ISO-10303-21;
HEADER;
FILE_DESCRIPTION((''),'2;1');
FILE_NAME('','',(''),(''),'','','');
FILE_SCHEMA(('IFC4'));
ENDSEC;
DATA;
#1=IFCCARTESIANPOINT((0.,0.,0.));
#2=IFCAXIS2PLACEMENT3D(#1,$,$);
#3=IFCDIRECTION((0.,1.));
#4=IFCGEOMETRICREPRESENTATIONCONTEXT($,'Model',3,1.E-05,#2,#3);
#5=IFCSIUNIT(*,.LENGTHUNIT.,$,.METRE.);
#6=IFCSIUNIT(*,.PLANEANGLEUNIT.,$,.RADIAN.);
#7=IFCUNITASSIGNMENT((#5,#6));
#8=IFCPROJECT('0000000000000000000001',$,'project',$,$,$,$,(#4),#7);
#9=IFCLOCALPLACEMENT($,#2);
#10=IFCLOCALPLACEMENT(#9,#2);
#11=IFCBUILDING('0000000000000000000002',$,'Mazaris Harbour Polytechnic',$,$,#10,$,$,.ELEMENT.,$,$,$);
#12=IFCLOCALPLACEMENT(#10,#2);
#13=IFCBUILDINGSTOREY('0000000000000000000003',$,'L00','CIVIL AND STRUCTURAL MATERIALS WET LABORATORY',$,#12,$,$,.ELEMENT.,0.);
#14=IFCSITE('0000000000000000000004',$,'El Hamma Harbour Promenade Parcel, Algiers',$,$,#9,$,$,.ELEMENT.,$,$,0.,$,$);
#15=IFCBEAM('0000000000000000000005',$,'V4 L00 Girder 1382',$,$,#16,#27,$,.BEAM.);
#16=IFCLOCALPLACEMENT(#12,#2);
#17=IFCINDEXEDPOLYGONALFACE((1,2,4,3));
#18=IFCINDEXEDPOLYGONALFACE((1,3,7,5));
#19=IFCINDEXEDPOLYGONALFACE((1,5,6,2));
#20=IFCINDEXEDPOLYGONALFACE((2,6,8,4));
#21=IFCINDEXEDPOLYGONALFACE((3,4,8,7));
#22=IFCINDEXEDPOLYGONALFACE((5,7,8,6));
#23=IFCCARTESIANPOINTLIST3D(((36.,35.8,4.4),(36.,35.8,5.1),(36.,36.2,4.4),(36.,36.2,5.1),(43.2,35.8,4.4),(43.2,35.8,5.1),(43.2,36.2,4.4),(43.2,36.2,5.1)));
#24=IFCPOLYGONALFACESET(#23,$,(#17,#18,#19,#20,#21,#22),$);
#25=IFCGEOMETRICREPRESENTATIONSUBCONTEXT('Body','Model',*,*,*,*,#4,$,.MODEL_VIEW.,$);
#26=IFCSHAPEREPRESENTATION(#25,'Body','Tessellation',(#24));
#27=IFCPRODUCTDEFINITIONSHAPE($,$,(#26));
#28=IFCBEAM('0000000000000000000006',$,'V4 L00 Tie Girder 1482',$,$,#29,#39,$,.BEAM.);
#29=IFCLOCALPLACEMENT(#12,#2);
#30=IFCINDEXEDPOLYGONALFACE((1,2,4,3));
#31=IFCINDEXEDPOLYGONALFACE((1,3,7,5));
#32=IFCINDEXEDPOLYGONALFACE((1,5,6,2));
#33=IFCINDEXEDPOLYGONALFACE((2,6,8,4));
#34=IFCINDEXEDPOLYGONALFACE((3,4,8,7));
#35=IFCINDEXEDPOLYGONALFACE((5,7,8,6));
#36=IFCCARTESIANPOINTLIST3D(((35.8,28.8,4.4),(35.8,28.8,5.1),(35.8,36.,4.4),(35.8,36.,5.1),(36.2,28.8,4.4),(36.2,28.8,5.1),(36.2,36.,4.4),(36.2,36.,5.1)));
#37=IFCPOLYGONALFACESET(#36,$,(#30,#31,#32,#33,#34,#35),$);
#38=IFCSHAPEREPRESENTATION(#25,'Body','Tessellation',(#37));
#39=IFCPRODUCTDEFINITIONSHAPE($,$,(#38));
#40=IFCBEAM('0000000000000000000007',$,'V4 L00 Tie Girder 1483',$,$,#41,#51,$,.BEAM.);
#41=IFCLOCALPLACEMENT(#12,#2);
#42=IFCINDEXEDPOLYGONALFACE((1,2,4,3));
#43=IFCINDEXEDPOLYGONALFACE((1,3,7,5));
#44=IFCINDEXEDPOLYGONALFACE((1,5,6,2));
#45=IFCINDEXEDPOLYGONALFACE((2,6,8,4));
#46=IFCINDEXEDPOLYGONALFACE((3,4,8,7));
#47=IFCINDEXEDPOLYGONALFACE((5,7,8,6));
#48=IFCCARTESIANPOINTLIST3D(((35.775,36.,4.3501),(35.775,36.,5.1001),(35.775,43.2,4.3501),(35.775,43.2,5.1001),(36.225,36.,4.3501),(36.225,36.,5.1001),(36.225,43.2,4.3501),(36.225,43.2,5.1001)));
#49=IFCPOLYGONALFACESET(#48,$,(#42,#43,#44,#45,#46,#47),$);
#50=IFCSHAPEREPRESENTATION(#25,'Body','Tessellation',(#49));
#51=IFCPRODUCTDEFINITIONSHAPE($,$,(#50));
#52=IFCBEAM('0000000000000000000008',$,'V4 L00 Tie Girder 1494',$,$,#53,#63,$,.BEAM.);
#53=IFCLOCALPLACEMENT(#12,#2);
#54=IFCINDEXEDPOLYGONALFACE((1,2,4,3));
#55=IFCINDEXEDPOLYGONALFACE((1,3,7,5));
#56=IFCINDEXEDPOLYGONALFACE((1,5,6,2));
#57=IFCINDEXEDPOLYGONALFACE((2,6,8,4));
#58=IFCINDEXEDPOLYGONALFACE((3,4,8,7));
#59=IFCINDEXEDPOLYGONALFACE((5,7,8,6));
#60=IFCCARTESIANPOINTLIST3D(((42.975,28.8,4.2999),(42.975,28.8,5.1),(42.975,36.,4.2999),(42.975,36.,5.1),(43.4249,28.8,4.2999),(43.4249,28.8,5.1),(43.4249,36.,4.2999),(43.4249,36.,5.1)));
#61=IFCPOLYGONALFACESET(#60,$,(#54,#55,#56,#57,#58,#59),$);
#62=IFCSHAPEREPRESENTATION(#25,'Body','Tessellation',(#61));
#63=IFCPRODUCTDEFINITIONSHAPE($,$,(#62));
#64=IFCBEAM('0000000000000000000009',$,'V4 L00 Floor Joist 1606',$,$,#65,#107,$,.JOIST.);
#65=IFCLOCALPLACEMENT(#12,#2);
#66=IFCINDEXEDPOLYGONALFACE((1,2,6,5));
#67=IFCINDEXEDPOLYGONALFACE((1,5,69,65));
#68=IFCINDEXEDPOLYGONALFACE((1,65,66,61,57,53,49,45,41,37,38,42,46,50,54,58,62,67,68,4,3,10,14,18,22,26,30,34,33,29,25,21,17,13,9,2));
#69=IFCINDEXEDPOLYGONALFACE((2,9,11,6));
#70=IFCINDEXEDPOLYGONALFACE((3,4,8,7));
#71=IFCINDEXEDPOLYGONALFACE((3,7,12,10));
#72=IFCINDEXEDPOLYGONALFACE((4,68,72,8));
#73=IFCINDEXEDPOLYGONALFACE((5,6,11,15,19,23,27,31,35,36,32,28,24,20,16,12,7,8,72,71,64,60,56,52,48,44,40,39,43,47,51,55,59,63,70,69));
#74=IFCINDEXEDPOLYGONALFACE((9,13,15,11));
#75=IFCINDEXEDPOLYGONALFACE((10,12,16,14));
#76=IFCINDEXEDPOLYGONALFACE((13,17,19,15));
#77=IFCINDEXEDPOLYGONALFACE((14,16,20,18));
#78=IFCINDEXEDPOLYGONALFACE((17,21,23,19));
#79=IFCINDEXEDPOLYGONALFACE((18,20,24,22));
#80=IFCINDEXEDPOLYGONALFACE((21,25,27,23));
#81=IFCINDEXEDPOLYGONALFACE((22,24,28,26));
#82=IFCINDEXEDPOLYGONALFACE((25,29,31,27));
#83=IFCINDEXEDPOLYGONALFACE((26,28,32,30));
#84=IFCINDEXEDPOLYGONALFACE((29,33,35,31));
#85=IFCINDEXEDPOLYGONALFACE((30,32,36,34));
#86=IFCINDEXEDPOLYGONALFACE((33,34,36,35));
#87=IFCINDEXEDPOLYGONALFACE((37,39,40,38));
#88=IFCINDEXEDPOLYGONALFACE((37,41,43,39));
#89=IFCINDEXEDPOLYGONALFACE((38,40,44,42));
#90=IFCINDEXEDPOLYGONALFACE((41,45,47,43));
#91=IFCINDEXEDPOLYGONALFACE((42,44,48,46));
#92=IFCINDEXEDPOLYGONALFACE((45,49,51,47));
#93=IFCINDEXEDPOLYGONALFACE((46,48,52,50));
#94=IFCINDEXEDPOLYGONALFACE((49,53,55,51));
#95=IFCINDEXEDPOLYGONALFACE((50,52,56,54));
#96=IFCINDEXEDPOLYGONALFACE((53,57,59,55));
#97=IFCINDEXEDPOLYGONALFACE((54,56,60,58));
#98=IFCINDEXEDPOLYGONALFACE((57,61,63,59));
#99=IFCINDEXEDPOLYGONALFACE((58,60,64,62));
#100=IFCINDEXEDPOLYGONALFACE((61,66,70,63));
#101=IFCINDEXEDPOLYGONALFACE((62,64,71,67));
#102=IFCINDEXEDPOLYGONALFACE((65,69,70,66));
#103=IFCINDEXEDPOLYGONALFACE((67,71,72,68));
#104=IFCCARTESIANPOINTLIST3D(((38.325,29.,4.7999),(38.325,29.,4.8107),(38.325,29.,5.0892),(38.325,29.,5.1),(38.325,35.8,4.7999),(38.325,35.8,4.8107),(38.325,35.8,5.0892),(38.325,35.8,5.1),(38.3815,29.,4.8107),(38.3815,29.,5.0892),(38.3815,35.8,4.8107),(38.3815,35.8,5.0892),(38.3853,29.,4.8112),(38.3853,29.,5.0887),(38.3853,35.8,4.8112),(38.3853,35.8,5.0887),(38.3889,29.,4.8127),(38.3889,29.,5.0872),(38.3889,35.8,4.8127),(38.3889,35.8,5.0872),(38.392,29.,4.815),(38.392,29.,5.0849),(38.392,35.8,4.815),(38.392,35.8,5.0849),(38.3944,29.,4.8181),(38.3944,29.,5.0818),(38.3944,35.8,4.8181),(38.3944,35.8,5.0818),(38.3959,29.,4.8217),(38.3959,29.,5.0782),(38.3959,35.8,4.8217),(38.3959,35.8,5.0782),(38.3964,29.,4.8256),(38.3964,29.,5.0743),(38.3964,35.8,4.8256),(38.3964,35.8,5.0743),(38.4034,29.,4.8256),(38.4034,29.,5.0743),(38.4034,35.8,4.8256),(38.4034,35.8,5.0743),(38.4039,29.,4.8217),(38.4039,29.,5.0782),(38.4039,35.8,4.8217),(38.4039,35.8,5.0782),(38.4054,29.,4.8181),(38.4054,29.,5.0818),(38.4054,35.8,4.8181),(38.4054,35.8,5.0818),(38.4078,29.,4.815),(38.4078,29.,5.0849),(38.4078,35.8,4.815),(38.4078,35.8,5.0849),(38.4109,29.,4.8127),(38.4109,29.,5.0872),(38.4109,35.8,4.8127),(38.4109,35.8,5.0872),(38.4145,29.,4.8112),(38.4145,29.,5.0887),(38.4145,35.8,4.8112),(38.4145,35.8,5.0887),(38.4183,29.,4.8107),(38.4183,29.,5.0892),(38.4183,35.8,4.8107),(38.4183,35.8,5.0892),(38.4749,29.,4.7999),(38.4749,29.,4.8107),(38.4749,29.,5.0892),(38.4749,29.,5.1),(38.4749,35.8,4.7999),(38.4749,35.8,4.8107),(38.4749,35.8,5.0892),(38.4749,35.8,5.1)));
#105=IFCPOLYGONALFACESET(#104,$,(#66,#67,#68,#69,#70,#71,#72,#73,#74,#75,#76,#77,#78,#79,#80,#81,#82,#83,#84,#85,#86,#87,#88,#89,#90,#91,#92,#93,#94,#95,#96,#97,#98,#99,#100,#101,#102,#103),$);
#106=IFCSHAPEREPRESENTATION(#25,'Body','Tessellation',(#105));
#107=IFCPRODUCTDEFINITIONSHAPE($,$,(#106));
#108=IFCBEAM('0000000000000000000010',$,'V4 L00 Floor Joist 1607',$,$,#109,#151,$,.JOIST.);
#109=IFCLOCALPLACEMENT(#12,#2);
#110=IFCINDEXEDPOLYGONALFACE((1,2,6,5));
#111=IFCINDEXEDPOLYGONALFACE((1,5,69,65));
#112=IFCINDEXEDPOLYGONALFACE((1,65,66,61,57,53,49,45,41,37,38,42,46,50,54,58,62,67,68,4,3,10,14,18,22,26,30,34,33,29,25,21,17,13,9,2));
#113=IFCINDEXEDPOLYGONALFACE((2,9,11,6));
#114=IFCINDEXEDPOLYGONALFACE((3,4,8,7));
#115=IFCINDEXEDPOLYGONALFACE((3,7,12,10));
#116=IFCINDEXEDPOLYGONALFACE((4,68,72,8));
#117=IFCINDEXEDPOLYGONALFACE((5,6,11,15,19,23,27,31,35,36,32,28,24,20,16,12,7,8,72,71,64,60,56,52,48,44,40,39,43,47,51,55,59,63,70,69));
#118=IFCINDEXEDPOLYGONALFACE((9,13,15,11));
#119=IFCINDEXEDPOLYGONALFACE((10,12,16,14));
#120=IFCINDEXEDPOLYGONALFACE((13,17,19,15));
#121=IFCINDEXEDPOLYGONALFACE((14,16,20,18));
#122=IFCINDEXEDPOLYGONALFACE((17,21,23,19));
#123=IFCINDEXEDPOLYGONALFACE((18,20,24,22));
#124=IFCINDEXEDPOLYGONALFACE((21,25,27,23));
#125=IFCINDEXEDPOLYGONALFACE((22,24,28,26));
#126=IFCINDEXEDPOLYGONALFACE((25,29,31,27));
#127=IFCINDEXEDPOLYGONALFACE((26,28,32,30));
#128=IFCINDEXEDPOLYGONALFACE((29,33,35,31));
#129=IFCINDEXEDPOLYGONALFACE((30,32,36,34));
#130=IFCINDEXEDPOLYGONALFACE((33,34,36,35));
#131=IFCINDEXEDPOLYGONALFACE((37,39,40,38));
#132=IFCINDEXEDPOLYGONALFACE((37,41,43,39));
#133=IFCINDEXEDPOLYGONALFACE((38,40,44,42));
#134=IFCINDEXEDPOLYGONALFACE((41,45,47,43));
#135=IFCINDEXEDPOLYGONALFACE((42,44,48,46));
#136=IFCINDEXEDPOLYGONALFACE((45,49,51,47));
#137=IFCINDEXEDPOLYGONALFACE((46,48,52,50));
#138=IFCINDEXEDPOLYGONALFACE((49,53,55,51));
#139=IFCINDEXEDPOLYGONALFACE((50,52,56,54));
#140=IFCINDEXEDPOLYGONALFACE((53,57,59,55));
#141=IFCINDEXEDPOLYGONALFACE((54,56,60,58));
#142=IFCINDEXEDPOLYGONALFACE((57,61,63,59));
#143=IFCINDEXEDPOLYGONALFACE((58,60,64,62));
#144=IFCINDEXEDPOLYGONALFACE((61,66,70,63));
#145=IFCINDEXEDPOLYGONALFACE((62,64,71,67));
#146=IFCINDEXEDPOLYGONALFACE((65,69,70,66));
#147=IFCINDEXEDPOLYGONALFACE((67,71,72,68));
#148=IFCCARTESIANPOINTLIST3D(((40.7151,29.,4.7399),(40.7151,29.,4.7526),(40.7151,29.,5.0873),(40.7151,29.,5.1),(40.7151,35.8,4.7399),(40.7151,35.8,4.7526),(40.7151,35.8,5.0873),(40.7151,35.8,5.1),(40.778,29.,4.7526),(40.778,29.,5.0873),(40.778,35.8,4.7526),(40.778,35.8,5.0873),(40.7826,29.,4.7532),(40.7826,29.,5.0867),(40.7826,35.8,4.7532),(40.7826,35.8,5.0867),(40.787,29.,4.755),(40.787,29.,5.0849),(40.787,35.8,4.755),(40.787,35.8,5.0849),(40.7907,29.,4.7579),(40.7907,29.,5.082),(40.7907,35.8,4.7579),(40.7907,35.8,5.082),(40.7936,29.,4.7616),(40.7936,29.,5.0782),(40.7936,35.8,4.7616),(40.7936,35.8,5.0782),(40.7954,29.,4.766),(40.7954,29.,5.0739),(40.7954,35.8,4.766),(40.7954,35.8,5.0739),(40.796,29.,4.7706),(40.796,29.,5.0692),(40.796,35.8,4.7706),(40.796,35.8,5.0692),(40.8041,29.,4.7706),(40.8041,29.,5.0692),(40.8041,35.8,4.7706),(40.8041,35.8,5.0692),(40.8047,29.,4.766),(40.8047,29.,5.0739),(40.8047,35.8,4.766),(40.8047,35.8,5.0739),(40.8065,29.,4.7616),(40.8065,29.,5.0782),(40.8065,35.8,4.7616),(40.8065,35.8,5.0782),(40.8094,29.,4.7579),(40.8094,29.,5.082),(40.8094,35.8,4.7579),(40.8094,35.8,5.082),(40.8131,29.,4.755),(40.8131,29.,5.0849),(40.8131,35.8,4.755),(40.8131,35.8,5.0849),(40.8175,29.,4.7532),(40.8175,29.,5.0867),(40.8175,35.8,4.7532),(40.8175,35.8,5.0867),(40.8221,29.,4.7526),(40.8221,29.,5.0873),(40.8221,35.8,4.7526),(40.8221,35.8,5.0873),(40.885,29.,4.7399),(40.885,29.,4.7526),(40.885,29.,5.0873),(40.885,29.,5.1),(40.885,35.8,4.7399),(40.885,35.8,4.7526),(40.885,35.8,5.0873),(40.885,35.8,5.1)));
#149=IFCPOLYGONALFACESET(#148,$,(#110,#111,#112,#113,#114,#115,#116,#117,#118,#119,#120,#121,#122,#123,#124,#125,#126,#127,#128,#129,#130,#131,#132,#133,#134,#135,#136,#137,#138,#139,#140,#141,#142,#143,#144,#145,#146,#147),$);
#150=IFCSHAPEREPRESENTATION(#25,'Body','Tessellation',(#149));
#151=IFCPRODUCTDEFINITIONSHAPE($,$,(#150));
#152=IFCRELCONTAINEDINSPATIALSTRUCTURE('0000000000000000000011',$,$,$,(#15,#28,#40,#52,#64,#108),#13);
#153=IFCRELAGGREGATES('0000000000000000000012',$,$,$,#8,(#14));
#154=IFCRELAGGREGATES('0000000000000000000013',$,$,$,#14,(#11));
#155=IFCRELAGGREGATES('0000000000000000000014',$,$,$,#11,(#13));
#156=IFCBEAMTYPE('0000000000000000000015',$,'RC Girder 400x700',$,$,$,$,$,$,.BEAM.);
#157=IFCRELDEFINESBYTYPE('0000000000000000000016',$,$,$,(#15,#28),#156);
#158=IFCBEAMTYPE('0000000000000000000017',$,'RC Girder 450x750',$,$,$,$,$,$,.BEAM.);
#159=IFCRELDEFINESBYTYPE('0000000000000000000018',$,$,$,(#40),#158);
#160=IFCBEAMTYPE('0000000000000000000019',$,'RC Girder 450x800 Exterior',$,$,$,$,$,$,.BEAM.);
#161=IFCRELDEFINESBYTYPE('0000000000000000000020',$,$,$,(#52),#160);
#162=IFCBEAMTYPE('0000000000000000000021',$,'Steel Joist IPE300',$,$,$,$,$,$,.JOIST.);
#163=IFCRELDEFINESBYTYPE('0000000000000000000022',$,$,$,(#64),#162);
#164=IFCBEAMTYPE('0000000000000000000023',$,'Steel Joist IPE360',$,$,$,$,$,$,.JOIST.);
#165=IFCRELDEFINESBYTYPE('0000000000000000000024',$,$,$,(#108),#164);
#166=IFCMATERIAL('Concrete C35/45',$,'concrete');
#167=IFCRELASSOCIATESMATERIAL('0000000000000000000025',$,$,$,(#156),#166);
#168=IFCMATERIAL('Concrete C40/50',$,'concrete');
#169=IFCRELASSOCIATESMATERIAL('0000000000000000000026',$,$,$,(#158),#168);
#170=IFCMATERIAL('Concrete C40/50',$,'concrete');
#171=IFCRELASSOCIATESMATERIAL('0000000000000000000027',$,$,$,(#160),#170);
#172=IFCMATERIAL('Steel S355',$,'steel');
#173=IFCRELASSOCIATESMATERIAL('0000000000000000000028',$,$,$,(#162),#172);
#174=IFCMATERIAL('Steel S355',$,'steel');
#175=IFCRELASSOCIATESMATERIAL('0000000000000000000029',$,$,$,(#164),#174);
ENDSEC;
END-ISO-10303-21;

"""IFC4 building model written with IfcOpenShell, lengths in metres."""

from ifc_helpers import new_model, si_unit, direction, frame, origin, origin_2d, place, context, subcontext, project, spatial, rectangle, i_section, extrude, material, material_profile, profile_set, type_object, element, save


model = new_model("IFC4")

# Units and contexts
model_context = context("Model", 3, precision=1e-05, world=origin(), true_north=direction((0.0, 1.0)))
body_context = subcontext(model_context, "Body", "Model", "MODEL_VIEW")
ifc_project = project(units=[si_unit("LENGTHUNIT", "METRE"), si_unit("PLANEANGLEUNIT", "RADIAN")], contexts=[model_context])

# Site, building, storey
site_placement = place(None, origin())
site = spatial("IfcSite", under=ifc_project, at=site_placement, Name="El Hamma Harbour Promenade Parcel, Algiers", CompositionType="ELEMENT", RefElevation=0.0)
building_placement = place(site_placement, origin())
building = spatial("IfcBuilding", under=site, at=building_placement, Name="Mazaris Harbour Polytechnic", CompositionType="ELEMENT")
storey_placement = place(building_placement, origin())
storey = spatial("IfcBuildingStorey", under=building, at=storey_placement, Name="L00", Description="CIVIL AND STRUCTURAL MATERIALS WET LABORATORY", CompositionType="ELEMENT", Elevation=0.0)

# Beams
ifc_material_1 = material(Name="Concrete C35/45", Category="concrete")
ifc_material_profile_1 = material_profile(ifc_material_1, rectangle(XDim=0.3999, YDim=0.7, at=origin_2d()), Name="RECT400x700")
ifc_profile_set_1 = profile_set([ifc_material_profile_1], Name="Concrete C35/45")
beam_type_1 = type_object("IfcBeamType", Name="RC Girder 400x700", PredefinedType="BEAM", material=ifc_profile_set_1)
for number, where, z_axis, x_axis, name in (
    (1, (36.0, 36.0, 4.75), (1.0, 0.0, 0.0), (0.0, 1.0, 0.0), "V4 L00 Girder 1382"),
    (2, (36.0, 28.8, 4.75), (0.0, 1.0, 0.0), (-1.0, 0.0, 0.0), "V4 L00 Tie Girder 1482"),
):
    element("IfcBeam", number, at=place(storey_placement, frame(where, z_axis=z_axis, x_axis=x_axis)), inside=storey, type_object=beam_type_1, Name=name, PredefinedType="BEAM", context=body_context, shape_type="SweptSolid", body=[
        extrude(rectangle(XDim=0.3999, YDim=0.7, at=origin_2d()), origin(), (0.0, 0.0, 1.0), 7.2),
    ])
ifc_material_2 = material(Name="Concrete C40/50", Category="concrete")
ifc_material_profile_2 = material_profile(ifc_material_2, rectangle(XDim=0.45, YDim=0.75, at=origin_2d()), Name="RECT450x750")
ifc_profile_set_2 = profile_set([ifc_material_profile_2], Name="Concrete C40/50")
beam_type_2 = type_object("IfcBeamType", Name="RC Girder 450x750", PredefinedType="BEAM", material=ifc_profile_set_2)
beam_1_placement = place(storey_placement, frame((36.0, 36.0, 4.7251), z_axis=(0.0, 1.0, 0.0), x_axis=(-1.0, 0.0, 0.0)))
element("IfcBeam", 3, at=beam_1_placement, inside=storey, type_object=beam_type_2, Name="V4 L00 Tie Girder 1483", PredefinedType="BEAM", context=body_context, shape_type="SweptSolid", body=[
    extrude(rectangle(XDim=0.45, YDim=0.75, at=origin_2d()), origin(), (0.0, 0.0, 1.0), 7.2),
])
ifc_material_3 = material(Name="Concrete C40/50", Category="concrete")
ifc_material_profile_3 = material_profile(ifc_material_3, rectangle(XDim=0.45, YDim=0.8, at=origin_2d()), Name="RECT450x800")
ifc_profile_set_3 = profile_set([ifc_material_profile_3], Name="Concrete C40/50")
beam_type_3 = type_object("IfcBeamType", Name="RC Girder 450x800 Exterior", PredefinedType="BEAM", material=ifc_profile_set_3)
beam_2_placement = place(storey_placement, frame((43.2, 28.8, 4.7), z_axis=(0.0, 1.0, 0.0), x_axis=(-1.0, 0.0, 0.0)))
element("IfcBeam", 4, at=beam_2_placement, inside=storey, type_object=beam_type_3, Name="V4 L00 Tie Girder 1494", PredefinedType="BEAM", context=body_context, shape_type="SweptSolid", body=[
    extrude(rectangle(XDim=0.45, YDim=0.8, at=origin_2d()), origin(), (0.0, 0.0, 1.0), 7.2),
])
ifc_material_4 = material(Name="Steel S355", Category="steel")
ifc_material_profile_4 = material_profile(ifc_material_4, i_section(OverallWidth=0.1499, OverallDepth=0.3, WebThickness=0.0071, FlangeThickness=0.0107, FilletRadius=0.0149, at=origin_2d()), Name="IPE 300")
ifc_profile_set_4 = profile_set([ifc_material_profile_4], Name="Steel S355")
beam_type_4 = type_object("IfcBeamType", Name="Steel Joist IPE300", PredefinedType="JOIST", material=ifc_profile_set_4)
beam_3_placement = place(storey_placement, frame((38.3999, 29.0, 4.95), z_axis=(0.0, 1.0, 0.0), x_axis=(-1.0, 0.0, 0.0)))
element("IfcBeam", 5, at=beam_3_placement, inside=storey, type_object=beam_type_4, Name="V4 L00 Floor Joist 1606", PredefinedType="JOIST", context=body_context, shape_type="SweptSolid", body=[
    extrude(i_section(OverallWidth=0.1499, OverallDepth=0.3, WebThickness=0.0071, FlangeThickness=0.0107, FilletRadius=0.0149, at=origin_2d()), origin(), (0.0, 0.0, 1.0), 6.8),
])
ifc_material_5 = material(Name="Steel S355", Category="steel")
ifc_material_profile_5 = material_profile(ifc_material_5, i_section(OverallWidth=0.1699, OverallDepth=0.3601, WebThickness=0.0081, FlangeThickness=0.0127, FilletRadius=0.0181, at=origin_2d()), Name="IPE 360")
ifc_profile_set_5 = profile_set([ifc_material_profile_5], Name="Steel S355")
beam_type_5 = type_object("IfcBeamType", Name="Steel Joist IPE360", PredefinedType="JOIST", material=ifc_profile_set_5)
beam_4_placement = place(storey_placement, frame((40.8, 29.0, 4.9199), z_axis=(0.0, 1.0, 0.0), x_axis=(-1.0, 0.0, 0.0)))
element("IfcBeam", 6, at=beam_4_placement, inside=storey, type_object=beam_type_5, Name="V4 L00 Floor Joist 1607", PredefinedType="JOIST", context=body_context, shape_type="SweptSolid", body=[
    extrude(i_section(OverallWidth=0.1699, OverallDepth=0.3601, WebThickness=0.0081, FlangeThickness=0.0127, FilletRadius=0.0181, at=origin_2d()), origin(), (0.0, 0.0, 1.0), 6.8),
])

save(model, "model.ifc")
